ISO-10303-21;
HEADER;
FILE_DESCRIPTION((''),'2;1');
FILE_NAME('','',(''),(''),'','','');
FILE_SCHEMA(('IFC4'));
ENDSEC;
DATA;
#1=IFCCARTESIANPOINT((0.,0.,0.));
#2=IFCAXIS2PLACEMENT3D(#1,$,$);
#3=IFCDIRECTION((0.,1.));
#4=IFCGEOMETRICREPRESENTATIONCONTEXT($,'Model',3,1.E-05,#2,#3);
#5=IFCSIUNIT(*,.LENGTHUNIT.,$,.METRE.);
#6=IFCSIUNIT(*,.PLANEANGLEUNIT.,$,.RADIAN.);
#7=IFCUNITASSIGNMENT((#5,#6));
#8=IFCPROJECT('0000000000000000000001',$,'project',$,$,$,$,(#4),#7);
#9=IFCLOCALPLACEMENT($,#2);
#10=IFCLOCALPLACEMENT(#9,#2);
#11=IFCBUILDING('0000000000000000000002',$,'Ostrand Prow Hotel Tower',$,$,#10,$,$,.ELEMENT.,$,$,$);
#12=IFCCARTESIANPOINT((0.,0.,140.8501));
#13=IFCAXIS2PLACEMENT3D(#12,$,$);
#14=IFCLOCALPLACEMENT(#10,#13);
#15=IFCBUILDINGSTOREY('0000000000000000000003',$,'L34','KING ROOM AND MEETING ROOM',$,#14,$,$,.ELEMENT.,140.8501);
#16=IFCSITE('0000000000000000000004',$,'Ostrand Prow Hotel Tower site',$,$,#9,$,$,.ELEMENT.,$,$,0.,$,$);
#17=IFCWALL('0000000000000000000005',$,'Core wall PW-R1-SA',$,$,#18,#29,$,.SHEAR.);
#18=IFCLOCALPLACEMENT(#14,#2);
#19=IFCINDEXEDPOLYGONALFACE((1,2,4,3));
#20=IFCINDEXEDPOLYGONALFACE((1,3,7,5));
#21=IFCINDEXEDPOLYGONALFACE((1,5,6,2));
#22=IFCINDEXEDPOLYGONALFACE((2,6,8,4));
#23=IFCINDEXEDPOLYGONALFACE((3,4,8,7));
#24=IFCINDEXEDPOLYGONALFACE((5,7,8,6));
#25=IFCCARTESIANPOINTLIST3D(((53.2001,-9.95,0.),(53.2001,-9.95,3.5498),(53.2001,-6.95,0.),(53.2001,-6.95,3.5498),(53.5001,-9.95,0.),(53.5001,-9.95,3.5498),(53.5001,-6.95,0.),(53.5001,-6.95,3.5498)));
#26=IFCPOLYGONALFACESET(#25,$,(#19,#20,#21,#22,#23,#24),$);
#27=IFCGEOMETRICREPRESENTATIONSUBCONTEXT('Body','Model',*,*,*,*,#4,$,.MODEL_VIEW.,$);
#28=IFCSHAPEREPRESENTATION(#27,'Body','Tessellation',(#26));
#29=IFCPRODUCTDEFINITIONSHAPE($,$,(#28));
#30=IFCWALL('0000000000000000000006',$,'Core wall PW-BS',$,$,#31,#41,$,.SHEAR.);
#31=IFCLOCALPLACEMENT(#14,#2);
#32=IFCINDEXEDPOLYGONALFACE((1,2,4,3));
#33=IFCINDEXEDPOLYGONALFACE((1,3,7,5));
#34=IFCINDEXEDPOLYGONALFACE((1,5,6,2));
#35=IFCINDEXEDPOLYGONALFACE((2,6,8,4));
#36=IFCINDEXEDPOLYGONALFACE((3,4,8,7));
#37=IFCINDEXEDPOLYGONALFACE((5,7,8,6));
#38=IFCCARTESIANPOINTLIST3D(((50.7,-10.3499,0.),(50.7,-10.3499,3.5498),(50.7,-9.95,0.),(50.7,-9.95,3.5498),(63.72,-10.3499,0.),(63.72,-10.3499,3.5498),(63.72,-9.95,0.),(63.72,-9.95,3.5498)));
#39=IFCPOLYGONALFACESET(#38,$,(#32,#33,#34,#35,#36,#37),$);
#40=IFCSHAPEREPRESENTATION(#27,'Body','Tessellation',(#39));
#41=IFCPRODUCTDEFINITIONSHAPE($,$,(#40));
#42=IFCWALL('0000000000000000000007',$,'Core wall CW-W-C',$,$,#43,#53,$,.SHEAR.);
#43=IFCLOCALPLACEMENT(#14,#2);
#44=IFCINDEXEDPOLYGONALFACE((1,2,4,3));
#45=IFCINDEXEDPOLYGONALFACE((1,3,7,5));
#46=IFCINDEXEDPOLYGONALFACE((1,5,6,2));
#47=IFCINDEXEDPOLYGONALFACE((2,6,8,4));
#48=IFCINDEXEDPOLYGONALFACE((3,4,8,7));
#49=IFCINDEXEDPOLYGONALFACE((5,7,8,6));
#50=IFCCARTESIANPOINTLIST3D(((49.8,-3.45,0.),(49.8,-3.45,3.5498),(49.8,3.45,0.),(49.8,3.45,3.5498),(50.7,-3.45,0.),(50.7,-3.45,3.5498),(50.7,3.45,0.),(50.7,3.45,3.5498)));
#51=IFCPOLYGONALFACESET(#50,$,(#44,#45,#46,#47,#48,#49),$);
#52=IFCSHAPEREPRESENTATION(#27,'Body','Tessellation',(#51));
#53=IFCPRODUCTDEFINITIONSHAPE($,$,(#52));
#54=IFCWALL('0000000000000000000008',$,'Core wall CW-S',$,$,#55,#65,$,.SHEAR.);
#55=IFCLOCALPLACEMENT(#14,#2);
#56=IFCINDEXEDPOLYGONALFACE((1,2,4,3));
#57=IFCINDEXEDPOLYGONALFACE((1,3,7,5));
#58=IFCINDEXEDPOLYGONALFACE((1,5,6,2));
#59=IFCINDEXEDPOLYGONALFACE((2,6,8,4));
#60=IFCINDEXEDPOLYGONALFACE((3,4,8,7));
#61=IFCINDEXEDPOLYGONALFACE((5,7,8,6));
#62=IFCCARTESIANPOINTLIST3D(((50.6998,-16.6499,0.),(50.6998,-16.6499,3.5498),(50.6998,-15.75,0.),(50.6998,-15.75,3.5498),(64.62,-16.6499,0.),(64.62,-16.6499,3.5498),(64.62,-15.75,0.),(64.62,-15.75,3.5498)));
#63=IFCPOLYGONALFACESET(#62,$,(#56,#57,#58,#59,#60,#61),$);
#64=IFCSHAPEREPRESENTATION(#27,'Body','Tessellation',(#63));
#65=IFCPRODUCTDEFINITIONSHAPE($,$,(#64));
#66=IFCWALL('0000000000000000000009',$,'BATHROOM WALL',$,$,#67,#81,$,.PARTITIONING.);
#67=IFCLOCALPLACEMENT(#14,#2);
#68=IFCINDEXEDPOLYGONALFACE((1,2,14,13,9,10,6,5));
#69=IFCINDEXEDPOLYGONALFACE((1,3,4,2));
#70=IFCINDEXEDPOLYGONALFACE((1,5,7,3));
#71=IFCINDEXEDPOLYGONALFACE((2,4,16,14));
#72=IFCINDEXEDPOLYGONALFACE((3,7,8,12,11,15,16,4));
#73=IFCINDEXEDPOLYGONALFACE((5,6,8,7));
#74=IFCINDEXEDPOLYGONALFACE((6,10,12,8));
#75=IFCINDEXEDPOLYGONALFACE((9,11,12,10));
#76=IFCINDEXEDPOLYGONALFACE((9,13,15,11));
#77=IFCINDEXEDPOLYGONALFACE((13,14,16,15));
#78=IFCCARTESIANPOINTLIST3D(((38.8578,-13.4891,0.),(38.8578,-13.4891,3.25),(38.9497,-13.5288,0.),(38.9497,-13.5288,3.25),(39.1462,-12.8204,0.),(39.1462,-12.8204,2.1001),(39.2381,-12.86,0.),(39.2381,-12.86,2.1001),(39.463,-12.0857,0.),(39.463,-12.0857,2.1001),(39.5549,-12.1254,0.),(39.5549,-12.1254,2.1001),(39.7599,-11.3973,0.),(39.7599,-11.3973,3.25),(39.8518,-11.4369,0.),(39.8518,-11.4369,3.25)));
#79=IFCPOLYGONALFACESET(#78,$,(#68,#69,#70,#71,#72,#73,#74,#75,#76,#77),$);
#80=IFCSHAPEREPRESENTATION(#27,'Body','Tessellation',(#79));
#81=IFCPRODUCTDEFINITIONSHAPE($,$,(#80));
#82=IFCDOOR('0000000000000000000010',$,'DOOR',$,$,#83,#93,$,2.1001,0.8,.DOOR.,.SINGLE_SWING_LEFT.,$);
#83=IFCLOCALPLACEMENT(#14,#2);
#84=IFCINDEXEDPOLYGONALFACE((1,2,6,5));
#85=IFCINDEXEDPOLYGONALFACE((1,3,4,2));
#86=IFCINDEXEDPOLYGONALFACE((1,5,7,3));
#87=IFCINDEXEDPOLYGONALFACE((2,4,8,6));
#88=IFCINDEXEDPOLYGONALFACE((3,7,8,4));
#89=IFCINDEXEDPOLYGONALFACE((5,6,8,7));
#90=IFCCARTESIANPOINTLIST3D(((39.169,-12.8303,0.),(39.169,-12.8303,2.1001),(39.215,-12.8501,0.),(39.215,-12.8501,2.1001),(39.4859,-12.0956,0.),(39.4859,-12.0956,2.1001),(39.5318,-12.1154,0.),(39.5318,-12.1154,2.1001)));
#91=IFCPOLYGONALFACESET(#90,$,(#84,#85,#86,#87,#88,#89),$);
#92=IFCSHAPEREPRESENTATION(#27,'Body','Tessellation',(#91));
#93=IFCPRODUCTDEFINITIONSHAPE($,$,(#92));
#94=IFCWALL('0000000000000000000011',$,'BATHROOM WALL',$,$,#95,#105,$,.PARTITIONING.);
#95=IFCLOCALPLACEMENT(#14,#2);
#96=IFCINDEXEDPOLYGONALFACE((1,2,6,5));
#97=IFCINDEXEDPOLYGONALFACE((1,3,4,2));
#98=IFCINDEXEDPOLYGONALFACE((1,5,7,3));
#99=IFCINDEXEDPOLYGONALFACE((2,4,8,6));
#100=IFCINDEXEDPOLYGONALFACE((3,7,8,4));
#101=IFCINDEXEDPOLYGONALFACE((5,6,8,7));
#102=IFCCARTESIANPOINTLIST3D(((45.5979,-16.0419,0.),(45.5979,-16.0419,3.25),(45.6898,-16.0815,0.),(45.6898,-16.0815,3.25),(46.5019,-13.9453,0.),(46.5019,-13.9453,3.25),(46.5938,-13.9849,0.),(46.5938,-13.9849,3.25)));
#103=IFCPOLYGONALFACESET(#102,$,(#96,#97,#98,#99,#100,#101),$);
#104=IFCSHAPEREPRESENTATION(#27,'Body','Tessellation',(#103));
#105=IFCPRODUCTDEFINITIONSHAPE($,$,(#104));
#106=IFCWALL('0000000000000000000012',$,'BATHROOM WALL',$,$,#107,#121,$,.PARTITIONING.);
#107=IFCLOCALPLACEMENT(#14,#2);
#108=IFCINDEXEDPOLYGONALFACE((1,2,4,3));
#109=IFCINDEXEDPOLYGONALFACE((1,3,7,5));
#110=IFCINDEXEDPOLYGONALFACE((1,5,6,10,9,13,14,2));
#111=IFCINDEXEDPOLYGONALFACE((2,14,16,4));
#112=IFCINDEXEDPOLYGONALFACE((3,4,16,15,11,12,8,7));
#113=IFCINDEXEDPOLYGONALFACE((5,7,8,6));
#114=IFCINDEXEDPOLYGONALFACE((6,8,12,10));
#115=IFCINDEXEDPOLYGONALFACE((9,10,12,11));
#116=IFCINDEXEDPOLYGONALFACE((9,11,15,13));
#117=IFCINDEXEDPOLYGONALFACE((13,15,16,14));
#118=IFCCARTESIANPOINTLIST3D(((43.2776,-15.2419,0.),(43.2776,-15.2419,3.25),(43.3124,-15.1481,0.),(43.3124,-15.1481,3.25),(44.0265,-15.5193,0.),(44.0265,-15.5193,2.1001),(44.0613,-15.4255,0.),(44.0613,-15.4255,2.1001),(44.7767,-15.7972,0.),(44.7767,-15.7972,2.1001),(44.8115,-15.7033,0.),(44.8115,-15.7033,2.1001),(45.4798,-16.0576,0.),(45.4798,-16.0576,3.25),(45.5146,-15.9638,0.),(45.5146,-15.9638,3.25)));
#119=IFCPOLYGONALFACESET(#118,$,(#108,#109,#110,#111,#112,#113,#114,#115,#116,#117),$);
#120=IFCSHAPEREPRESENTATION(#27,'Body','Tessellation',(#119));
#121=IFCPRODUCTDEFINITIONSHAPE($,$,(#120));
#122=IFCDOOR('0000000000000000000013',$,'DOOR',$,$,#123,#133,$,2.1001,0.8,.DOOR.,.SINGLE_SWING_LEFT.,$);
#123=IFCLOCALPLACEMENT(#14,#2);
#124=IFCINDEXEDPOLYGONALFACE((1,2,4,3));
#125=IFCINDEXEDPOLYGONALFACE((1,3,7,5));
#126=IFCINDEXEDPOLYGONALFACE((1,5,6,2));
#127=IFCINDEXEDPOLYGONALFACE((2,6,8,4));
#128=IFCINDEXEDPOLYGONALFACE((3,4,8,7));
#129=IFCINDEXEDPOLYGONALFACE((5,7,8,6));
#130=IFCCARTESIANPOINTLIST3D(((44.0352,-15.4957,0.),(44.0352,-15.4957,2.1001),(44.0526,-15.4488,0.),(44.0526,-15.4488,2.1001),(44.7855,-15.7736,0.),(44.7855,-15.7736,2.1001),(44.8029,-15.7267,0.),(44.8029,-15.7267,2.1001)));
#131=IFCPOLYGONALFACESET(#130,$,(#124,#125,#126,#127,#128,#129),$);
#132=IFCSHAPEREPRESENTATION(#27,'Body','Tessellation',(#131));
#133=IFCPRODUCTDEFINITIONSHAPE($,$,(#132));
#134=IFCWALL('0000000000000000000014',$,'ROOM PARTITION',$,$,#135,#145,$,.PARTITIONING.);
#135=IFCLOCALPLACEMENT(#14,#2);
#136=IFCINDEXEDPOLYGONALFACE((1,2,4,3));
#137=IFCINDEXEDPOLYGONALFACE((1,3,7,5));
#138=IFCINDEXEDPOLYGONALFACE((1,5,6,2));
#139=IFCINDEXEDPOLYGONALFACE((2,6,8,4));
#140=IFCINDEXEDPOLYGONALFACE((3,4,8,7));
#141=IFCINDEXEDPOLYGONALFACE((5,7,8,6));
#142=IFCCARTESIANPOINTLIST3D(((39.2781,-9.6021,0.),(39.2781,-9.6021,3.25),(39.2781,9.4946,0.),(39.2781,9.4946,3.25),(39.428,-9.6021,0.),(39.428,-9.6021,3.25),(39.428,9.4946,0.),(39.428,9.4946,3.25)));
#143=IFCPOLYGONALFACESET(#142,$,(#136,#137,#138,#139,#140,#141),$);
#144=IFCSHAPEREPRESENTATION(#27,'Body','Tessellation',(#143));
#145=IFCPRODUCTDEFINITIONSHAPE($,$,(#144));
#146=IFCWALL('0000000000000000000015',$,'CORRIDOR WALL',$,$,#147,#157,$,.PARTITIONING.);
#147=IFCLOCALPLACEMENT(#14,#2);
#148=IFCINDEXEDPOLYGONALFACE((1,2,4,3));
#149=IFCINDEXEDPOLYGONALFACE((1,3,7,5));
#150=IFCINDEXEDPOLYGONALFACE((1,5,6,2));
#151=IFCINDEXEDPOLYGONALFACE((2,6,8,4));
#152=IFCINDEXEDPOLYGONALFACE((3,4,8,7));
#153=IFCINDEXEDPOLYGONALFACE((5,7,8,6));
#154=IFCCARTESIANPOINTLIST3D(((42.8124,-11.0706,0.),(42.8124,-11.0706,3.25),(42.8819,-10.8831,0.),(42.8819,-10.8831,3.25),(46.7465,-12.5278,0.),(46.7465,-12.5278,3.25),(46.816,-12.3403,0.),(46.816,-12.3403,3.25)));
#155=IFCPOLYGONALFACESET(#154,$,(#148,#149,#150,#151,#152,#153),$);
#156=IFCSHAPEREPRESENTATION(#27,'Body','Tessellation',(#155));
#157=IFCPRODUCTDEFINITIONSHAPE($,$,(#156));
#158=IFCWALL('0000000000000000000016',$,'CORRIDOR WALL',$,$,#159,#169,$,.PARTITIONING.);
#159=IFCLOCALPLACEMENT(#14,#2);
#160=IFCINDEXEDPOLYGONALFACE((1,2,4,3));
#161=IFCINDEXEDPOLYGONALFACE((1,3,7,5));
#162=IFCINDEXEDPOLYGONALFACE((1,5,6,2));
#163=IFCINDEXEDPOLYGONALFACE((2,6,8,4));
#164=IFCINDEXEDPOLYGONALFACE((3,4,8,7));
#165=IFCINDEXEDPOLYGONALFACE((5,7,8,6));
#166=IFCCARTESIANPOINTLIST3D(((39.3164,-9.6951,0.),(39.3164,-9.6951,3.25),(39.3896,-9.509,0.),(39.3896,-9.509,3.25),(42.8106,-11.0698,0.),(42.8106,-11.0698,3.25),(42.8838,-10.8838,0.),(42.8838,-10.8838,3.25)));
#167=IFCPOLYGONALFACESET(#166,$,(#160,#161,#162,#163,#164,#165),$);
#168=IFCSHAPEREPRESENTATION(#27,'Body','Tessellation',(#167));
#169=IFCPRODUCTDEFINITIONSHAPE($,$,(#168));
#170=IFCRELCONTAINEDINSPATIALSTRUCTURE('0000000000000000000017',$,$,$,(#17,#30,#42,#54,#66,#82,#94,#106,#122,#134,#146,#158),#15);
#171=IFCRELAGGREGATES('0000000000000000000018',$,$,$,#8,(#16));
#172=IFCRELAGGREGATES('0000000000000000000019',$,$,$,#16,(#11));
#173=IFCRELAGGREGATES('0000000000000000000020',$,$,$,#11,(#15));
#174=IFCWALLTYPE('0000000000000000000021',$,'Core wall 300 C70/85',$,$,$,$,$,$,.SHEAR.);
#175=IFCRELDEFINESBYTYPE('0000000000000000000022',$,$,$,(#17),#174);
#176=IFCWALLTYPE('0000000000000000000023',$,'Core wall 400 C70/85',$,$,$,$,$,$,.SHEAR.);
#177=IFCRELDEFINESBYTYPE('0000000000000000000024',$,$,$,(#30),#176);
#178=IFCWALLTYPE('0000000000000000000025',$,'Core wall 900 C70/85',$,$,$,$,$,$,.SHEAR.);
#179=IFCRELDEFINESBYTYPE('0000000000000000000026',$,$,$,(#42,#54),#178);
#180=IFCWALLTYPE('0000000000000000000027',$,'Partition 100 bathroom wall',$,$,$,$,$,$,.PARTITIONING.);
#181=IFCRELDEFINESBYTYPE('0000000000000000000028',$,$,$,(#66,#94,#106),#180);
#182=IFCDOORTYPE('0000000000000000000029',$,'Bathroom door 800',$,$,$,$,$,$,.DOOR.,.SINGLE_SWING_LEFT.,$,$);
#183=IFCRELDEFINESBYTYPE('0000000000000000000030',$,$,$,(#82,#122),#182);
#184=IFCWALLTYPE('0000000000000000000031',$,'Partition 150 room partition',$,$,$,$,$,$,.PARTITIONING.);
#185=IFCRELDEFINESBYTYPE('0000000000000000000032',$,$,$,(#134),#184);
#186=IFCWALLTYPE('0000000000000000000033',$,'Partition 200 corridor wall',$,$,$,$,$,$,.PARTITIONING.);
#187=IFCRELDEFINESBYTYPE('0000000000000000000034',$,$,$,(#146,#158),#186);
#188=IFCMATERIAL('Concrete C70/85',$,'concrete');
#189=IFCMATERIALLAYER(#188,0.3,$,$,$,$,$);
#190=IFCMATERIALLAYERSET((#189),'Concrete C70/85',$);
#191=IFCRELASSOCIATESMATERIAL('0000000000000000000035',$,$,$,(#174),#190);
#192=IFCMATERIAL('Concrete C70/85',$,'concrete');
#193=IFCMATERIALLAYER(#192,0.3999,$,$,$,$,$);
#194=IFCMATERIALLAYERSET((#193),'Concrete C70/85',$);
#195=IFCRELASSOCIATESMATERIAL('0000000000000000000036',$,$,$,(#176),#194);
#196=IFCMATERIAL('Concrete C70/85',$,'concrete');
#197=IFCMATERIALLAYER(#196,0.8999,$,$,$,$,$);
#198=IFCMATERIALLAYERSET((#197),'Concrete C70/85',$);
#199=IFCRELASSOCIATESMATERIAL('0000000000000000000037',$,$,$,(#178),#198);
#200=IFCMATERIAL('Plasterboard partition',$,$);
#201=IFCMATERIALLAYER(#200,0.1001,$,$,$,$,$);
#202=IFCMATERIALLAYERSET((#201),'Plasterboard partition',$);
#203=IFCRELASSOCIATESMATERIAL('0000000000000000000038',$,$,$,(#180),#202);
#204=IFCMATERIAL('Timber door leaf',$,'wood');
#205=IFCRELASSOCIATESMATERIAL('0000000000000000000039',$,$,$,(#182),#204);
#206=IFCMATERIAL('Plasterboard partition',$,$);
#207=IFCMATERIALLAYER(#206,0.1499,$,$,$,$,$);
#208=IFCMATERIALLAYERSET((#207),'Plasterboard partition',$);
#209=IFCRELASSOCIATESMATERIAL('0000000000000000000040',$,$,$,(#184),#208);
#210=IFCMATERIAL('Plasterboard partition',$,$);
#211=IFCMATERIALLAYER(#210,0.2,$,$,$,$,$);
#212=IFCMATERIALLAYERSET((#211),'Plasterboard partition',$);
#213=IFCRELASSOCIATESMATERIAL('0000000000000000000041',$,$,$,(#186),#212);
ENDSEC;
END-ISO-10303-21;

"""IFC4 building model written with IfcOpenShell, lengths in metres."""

from ifc_helpers import new_model, si_unit, direction, frame, frame_2d, origin, place, context, subcontext, project, spatial, rectangle, extrude, material, layer, layer_set, type_object, element, fill, save


model = new_model("IFC4")

# Units and contexts
model_context = context("Model", 3, precision=1e-05, world=origin(), true_north=direction((0.0, 1.0)))
body_context = subcontext(model_context, "Body", "Model", "MODEL_VIEW")
ifc_project = project(units=[si_unit("LENGTHUNIT", "METRE"), si_unit("PLANEANGLEUNIT", "RADIAN")], contexts=[model_context])

# Site, building, storey
site_placement = place(None, origin())
site = spatial("IfcSite", under=ifc_project, at=site_placement, Name="Ostrand Prow Hotel Tower site", CompositionType="ELEMENT", RefElevation=0.0)
building_placement = place(site_placement, origin())
building = spatial("IfcBuilding", under=site, at=building_placement, Name="Ostrand Prow Hotel Tower", CompositionType="ELEMENT")
storey_placement = place(building_placement, frame((0.0, 0.0, 140.8501)))
storey = spatial("IfcBuildingStorey", under=building, at=storey_placement, Name="L34", Description="KING ROOM AND MEETING ROOM", CompositionType="ELEMENT", Elevation=140.8501)

# Shared definitions
ifc_material_1 = material(Name="Concrete C70/85", Category="concrete")
ifc_layer_1 = layer(ifc_material_1, 0.3)
ifc_layer_set_1 = layer_set([ifc_layer_1], Name="Concrete C70/85")
wall_type_1 = type_object("IfcWallType", Name="Core wall 300 C70/85", PredefinedType="SHEAR", material=ifc_layer_set_1)

# Walls
for number, where, z_axis, x_axis, name in (
    (1, (53.3501, -9.95, 0.0), (0.0, 0.0, 1.0), (0.0, 1.0, 0.0), "Core wall PW-R1-SA"),
):
    element("IfcWall", number, at=place(storey_placement, frame(where, z_axis=z_axis, x_axis=x_axis)), inside=storey, type_object=wall_type_1, Name=name, PredefinedType="SHEAR", context=body_context, shape_type="SweptSolid", body=[
        extrude(rectangle(XDim=3.0, YDim=0.3, at=frame_2d((1.5, 0.0))), origin(), (0.0, 0.0, 1.0), 3.5498),
    ])
ifc_material_2 = material(Name="Concrete C70/85", Category="concrete")
ifc_layer_2 = layer(ifc_material_2, 0.3999)
ifc_layer_set_2 = layer_set([ifc_layer_2], Name="Concrete C70/85")
wall_type_2 = type_object("IfcWallType", Name="Core wall 400 C70/85", PredefinedType="SHEAR", material=ifc_layer_set_2)
wall_1_placement = place(storey_placement, frame((50.7, -10.1499, 0.0), z_axis=(0.0, 0.0, 1.0), x_axis=(1.0, 0.0, 0.0)))
element("IfcWall", 2, at=wall_1_placement, inside=storey, type_object=wall_type_2, Name="Core wall PW-BS", PredefinedType="SHEAR", context=body_context, shape_type="SweptSolid", body=[
    extrude(rectangle(XDim=13.02, YDim=0.3999, at=frame_2d((6.51, 0.0))), origin(), (0.0, 0.0, 1.0), 3.5498),
])
ifc_material_3 = material(Name="Concrete C70/85", Category="concrete")
ifc_layer_3 = layer(ifc_material_3, 0.8999)
ifc_layer_set_3 = layer_set([ifc_layer_3], Name="Concrete C70/85")
wall_type_3 = type_object("IfcWallType", Name="Core wall 900 C70/85", PredefinedType="SHEAR", material=ifc_layer_set_3)
wall_2_placement = place(storey_placement, frame((50.25, -3.45, 0.0), z_axis=(0.0, 0.0, 1.0), x_axis=(0.0, 1.0, 0.0)))
element("IfcWall", 3, at=wall_2_placement, inside=storey, type_object=wall_type_3, Name="Core wall CW-W-C", PredefinedType="SHEAR", context=body_context, shape_type="SweptSolid", body=[
    extrude(rectangle(XDim=6.8999, YDim=0.8999, at=frame_2d((3.45, 0.0))), origin(), (0.0, 0.0, 1.0), 3.5498),
])
wall_3_placement = place(storey_placement, frame((50.7, -16.2, 0.0), z_axis=(0.0, 0.0, 1.0), x_axis=(1.0, 0.0, 0.0)))
element("IfcWall", 4, at=wall_3_placement, inside=storey, type_object=wall_type_3, Name="Core wall CW-S", PredefinedType="SHEAR", context=body_context, shape_type="SweptSolid", body=[
    extrude(rectangle(XDim=13.9202, YDim=0.8999, at=frame_2d((6.96, 0.0))), origin(), (0.0, 0.0, 1.0), 3.5498),
])

# Wall, opening, door
ifc_material_4 = material(Name="Plasterboard partition")
ifc_layer_4 = layer(ifc_material_4, 0.1001)
ifc_layer_set_4 = layer_set([ifc_layer_4], Name="Plasterboard partition")
wall_type_4 = type_object("IfcWallType", Name="Partition 100 bathroom wall", PredefinedType="PARTITIONING", material=ifc_layer_set_4)
wall_4_placement = place(storey_placement, frame((39.8059, -11.417, 0.0), z_axis=(0.0, 0.0, 1.0), x_axis=(-0.396001, -0.91825, 0.0)))
wall_4 = element("IfcWall", 5, at=wall_4_placement, inside=storey, type_object=wall_type_4, Name="BATHROOM WALL", PredefinedType="PARTITIONING", context=body_context, shape_type="SweptSolid", body=[
    extrude(rectangle(XDim=2.2781, YDim=0.1001, at=frame_2d((1.1392, 0.0))), origin(), (0.0, 0.0, 1.0), 3.25),
])
opening_1_placement = place(wall_4_placement, frame((0.75, 0.0, 0.0)))
opening_1 = element("IfcOpeningElement", 6, at=opening_1_placement, cuts=wall_4, PredefinedType="OPENING", context=body_context, shape_type="SweptSolid", body=[
    extrude(rectangle(XDim=0.8, YDim=2.1001, at=frame_2d((0.3999, 1.05))), frame((0.0, 0.0601, 0.0), z_axis=(0.0, -1.0, 0.0), x_axis=(1.0, 0.0, 0.0)), (0.0, 0.0, 1.0), 0.1201),
])
ifc_material_5 = material(Name="Timber door leaf", Category="wood")
door_type_1 = type_object("IfcDoorType", Name="Bathroom door 800", OperationType="SINGLE_SWING_LEFT", PredefinedType="DOOR", material=ifc_material_5)
door_1_placement = place(opening_1_placement, origin())
door_1 = element("IfcDoor", 7, at=door_1_placement, inside=storey, type_object=door_type_1, Name="DOOR", OperationType="SINGLE_SWING_LEFT", OverallHeight=2.1001, OverallWidth=0.8, PredefinedType="DOOR", context=body_context, shape_type="SweptSolid", body=[
    extrude(rectangle(XDim=0.8, YDim=2.1001, at=frame_2d((0.3999, 1.05))), frame((0.0, 0.0249, 0.0), z_axis=(0.0, -1.0, 0.0), x_axis=(1.0, 0.0, 0.0)), (0.0, 0.0, 1.0), 0.05),
])
fill(opening_1, door_1)

# Wall
wall_5_placement = place(storey_placement, frame((46.5479, -13.9651, 0.0), z_axis=(0.0, 0.0, 1.0), x_axis=(-0.395944, -0.918274, 0.0)))
element("IfcWall", 8, at=wall_5_placement, inside=storey, type_object=wall_type_4, Name="BATHROOM WALL", PredefinedType="PARTITIONING", context=body_context, shape_type="SweptSolid", body=[
    extrude(rectangle(XDim=2.2832, YDim=0.1001, at=frame_2d((1.1416, 0.0))), origin(), (0.0, 0.0, 1.0), 3.25),
])

# Wall, opening, door
wall_6_placement = place(storey_placement, frame((45.4973, -16.0107, 0.0), z_axis=(0.0, 0.0, 1.0), x_axis=(-0.93774, 0.347338, 0.0)))
wall_6 = element("IfcWall", 9, at=wall_6_placement, inside=storey, type_object=wall_type_4, Name="BATHROOM WALL", PredefinedType="PARTITIONING", context=body_context, shape_type="SweptSolid", body=[
    extrude(rectangle(XDim=2.3484, YDim=0.1001, at=frame_2d((1.1743, 0.0))), origin(), (0.0, 0.0, 1.0), 3.25),
])
opening_2_placement = place(wall_6_placement, frame((0.75, 0.0, 0.0)))
opening_2 = element("IfcOpeningElement", 10, at=opening_2_placement, cuts=wall_6, PredefinedType="OPENING", context=body_context, shape_type="SweptSolid", body=[
    extrude(rectangle(XDim=0.8, YDim=2.1001, at=frame_2d((0.3999, 1.05))), frame((0.0, 0.0601, 0.0), z_axis=(0.0, -1.0, 0.0), x_axis=(1.0, 0.0, 0.0)), (0.0, 0.0, 1.0), 0.1201),
])
door_2_placement = place(opening_2_placement, origin())
door_2 = element("IfcDoor", 11, at=door_2_placement, inside=storey, type_object=door_type_1, Name="DOOR", OperationType="SINGLE_SWING_LEFT", OverallHeight=2.1001, OverallWidth=0.8, PredefinedType="DOOR", context=body_context, shape_type="SweptSolid", body=[
    extrude(rectangle(XDim=0.8, YDim=2.1001, at=frame_2d((0.3999, 1.05))), frame((0.0, 0.0249, 0.0), z_axis=(0.0, -1.0, 0.0), x_axis=(1.0, 0.0, 0.0)), (0.0, 0.0, 1.0), 0.05),
])
fill(opening_2, door_2)

# Walls
ifc_material_6 = material(Name="Plasterboard partition")
ifc_layer_5 = layer(ifc_material_6, 0.1499)
ifc_layer_set_5 = layer_set([ifc_layer_5], Name="Plasterboard partition")
wall_type_5 = type_object("IfcWallType", Name="Partition 150 room partition", PredefinedType="PARTITIONING", material=ifc_layer_set_5)
wall_7_placement = place(storey_placement, frame((39.353, -9.6021, 0.0), z_axis=(0.0, 0.0, 1.0), x_axis=(0.0, 1.0, 0.0)))
element("IfcWall", 12, at=wall_7_placement, inside=storey, type_object=wall_type_5, Name="ROOM PARTITION", PredefinedType="PARTITIONING", context=body_context, shape_type="SweptSolid", body=[
    extrude(rectangle(XDim=19.0967, YDim=0.1499, at=frame_2d((9.5483, 0.0))), origin(), (0.0, 0.0, 1.0), 3.25),
])
ifc_material_7 = material(Name="Plasterboard partition")
ifc_layer_6 = layer(ifc_material_7, 0.2)
ifc_layer_set_6 = layer_set([ifc_layer_6], Name="Plasterboard partition")
wall_type_6 = type_object("IfcWallType", Name="Partition 200 corridor wall", PredefinedType="PARTITIONING", material=ifc_layer_set_6)
wall_8_placement = place(storey_placement, frame((46.7812, -12.4341, 0.0), z_axis=(0.0, 0.0, 1.0), x_axis=(-0.937733, 0.347358, 0.0)))
element("IfcWall", 13, at=wall_8_placement, inside=storey, type_object=wall_type_6, Name="CORRIDOR WALL", PredefinedType="PARTITIONING", context=body_context, shape_type="SweptSolid", body=[
    extrude(rectangle(XDim=4.1953, YDim=0.2, at=frame_2d((2.0977, 0.0))), origin(), (0.0, 0.0, 1.0), 3.25),
])
wall_9_placement = place(storey_placement, frame((42.8472, -10.9768, 0.0), z_axis=(0.0, 0.0, 1.0), x_axis=(-0.930565, 0.366127, 0.0)))
element("IfcWall", 14, at=wall_9_placement, inside=storey, type_object=wall_type_6, Name="CORRIDOR WALL", PredefinedType="PARTITIONING", context=body_context, shape_type="SweptSolid", body=[
    extrude(rectangle(XDim=3.7549, YDim=0.2, at=frame_2d((1.8774, 0.0))), origin(), (0.0, 0.0, 1.0), 3.25),
])

save(model, "model.ifc")
